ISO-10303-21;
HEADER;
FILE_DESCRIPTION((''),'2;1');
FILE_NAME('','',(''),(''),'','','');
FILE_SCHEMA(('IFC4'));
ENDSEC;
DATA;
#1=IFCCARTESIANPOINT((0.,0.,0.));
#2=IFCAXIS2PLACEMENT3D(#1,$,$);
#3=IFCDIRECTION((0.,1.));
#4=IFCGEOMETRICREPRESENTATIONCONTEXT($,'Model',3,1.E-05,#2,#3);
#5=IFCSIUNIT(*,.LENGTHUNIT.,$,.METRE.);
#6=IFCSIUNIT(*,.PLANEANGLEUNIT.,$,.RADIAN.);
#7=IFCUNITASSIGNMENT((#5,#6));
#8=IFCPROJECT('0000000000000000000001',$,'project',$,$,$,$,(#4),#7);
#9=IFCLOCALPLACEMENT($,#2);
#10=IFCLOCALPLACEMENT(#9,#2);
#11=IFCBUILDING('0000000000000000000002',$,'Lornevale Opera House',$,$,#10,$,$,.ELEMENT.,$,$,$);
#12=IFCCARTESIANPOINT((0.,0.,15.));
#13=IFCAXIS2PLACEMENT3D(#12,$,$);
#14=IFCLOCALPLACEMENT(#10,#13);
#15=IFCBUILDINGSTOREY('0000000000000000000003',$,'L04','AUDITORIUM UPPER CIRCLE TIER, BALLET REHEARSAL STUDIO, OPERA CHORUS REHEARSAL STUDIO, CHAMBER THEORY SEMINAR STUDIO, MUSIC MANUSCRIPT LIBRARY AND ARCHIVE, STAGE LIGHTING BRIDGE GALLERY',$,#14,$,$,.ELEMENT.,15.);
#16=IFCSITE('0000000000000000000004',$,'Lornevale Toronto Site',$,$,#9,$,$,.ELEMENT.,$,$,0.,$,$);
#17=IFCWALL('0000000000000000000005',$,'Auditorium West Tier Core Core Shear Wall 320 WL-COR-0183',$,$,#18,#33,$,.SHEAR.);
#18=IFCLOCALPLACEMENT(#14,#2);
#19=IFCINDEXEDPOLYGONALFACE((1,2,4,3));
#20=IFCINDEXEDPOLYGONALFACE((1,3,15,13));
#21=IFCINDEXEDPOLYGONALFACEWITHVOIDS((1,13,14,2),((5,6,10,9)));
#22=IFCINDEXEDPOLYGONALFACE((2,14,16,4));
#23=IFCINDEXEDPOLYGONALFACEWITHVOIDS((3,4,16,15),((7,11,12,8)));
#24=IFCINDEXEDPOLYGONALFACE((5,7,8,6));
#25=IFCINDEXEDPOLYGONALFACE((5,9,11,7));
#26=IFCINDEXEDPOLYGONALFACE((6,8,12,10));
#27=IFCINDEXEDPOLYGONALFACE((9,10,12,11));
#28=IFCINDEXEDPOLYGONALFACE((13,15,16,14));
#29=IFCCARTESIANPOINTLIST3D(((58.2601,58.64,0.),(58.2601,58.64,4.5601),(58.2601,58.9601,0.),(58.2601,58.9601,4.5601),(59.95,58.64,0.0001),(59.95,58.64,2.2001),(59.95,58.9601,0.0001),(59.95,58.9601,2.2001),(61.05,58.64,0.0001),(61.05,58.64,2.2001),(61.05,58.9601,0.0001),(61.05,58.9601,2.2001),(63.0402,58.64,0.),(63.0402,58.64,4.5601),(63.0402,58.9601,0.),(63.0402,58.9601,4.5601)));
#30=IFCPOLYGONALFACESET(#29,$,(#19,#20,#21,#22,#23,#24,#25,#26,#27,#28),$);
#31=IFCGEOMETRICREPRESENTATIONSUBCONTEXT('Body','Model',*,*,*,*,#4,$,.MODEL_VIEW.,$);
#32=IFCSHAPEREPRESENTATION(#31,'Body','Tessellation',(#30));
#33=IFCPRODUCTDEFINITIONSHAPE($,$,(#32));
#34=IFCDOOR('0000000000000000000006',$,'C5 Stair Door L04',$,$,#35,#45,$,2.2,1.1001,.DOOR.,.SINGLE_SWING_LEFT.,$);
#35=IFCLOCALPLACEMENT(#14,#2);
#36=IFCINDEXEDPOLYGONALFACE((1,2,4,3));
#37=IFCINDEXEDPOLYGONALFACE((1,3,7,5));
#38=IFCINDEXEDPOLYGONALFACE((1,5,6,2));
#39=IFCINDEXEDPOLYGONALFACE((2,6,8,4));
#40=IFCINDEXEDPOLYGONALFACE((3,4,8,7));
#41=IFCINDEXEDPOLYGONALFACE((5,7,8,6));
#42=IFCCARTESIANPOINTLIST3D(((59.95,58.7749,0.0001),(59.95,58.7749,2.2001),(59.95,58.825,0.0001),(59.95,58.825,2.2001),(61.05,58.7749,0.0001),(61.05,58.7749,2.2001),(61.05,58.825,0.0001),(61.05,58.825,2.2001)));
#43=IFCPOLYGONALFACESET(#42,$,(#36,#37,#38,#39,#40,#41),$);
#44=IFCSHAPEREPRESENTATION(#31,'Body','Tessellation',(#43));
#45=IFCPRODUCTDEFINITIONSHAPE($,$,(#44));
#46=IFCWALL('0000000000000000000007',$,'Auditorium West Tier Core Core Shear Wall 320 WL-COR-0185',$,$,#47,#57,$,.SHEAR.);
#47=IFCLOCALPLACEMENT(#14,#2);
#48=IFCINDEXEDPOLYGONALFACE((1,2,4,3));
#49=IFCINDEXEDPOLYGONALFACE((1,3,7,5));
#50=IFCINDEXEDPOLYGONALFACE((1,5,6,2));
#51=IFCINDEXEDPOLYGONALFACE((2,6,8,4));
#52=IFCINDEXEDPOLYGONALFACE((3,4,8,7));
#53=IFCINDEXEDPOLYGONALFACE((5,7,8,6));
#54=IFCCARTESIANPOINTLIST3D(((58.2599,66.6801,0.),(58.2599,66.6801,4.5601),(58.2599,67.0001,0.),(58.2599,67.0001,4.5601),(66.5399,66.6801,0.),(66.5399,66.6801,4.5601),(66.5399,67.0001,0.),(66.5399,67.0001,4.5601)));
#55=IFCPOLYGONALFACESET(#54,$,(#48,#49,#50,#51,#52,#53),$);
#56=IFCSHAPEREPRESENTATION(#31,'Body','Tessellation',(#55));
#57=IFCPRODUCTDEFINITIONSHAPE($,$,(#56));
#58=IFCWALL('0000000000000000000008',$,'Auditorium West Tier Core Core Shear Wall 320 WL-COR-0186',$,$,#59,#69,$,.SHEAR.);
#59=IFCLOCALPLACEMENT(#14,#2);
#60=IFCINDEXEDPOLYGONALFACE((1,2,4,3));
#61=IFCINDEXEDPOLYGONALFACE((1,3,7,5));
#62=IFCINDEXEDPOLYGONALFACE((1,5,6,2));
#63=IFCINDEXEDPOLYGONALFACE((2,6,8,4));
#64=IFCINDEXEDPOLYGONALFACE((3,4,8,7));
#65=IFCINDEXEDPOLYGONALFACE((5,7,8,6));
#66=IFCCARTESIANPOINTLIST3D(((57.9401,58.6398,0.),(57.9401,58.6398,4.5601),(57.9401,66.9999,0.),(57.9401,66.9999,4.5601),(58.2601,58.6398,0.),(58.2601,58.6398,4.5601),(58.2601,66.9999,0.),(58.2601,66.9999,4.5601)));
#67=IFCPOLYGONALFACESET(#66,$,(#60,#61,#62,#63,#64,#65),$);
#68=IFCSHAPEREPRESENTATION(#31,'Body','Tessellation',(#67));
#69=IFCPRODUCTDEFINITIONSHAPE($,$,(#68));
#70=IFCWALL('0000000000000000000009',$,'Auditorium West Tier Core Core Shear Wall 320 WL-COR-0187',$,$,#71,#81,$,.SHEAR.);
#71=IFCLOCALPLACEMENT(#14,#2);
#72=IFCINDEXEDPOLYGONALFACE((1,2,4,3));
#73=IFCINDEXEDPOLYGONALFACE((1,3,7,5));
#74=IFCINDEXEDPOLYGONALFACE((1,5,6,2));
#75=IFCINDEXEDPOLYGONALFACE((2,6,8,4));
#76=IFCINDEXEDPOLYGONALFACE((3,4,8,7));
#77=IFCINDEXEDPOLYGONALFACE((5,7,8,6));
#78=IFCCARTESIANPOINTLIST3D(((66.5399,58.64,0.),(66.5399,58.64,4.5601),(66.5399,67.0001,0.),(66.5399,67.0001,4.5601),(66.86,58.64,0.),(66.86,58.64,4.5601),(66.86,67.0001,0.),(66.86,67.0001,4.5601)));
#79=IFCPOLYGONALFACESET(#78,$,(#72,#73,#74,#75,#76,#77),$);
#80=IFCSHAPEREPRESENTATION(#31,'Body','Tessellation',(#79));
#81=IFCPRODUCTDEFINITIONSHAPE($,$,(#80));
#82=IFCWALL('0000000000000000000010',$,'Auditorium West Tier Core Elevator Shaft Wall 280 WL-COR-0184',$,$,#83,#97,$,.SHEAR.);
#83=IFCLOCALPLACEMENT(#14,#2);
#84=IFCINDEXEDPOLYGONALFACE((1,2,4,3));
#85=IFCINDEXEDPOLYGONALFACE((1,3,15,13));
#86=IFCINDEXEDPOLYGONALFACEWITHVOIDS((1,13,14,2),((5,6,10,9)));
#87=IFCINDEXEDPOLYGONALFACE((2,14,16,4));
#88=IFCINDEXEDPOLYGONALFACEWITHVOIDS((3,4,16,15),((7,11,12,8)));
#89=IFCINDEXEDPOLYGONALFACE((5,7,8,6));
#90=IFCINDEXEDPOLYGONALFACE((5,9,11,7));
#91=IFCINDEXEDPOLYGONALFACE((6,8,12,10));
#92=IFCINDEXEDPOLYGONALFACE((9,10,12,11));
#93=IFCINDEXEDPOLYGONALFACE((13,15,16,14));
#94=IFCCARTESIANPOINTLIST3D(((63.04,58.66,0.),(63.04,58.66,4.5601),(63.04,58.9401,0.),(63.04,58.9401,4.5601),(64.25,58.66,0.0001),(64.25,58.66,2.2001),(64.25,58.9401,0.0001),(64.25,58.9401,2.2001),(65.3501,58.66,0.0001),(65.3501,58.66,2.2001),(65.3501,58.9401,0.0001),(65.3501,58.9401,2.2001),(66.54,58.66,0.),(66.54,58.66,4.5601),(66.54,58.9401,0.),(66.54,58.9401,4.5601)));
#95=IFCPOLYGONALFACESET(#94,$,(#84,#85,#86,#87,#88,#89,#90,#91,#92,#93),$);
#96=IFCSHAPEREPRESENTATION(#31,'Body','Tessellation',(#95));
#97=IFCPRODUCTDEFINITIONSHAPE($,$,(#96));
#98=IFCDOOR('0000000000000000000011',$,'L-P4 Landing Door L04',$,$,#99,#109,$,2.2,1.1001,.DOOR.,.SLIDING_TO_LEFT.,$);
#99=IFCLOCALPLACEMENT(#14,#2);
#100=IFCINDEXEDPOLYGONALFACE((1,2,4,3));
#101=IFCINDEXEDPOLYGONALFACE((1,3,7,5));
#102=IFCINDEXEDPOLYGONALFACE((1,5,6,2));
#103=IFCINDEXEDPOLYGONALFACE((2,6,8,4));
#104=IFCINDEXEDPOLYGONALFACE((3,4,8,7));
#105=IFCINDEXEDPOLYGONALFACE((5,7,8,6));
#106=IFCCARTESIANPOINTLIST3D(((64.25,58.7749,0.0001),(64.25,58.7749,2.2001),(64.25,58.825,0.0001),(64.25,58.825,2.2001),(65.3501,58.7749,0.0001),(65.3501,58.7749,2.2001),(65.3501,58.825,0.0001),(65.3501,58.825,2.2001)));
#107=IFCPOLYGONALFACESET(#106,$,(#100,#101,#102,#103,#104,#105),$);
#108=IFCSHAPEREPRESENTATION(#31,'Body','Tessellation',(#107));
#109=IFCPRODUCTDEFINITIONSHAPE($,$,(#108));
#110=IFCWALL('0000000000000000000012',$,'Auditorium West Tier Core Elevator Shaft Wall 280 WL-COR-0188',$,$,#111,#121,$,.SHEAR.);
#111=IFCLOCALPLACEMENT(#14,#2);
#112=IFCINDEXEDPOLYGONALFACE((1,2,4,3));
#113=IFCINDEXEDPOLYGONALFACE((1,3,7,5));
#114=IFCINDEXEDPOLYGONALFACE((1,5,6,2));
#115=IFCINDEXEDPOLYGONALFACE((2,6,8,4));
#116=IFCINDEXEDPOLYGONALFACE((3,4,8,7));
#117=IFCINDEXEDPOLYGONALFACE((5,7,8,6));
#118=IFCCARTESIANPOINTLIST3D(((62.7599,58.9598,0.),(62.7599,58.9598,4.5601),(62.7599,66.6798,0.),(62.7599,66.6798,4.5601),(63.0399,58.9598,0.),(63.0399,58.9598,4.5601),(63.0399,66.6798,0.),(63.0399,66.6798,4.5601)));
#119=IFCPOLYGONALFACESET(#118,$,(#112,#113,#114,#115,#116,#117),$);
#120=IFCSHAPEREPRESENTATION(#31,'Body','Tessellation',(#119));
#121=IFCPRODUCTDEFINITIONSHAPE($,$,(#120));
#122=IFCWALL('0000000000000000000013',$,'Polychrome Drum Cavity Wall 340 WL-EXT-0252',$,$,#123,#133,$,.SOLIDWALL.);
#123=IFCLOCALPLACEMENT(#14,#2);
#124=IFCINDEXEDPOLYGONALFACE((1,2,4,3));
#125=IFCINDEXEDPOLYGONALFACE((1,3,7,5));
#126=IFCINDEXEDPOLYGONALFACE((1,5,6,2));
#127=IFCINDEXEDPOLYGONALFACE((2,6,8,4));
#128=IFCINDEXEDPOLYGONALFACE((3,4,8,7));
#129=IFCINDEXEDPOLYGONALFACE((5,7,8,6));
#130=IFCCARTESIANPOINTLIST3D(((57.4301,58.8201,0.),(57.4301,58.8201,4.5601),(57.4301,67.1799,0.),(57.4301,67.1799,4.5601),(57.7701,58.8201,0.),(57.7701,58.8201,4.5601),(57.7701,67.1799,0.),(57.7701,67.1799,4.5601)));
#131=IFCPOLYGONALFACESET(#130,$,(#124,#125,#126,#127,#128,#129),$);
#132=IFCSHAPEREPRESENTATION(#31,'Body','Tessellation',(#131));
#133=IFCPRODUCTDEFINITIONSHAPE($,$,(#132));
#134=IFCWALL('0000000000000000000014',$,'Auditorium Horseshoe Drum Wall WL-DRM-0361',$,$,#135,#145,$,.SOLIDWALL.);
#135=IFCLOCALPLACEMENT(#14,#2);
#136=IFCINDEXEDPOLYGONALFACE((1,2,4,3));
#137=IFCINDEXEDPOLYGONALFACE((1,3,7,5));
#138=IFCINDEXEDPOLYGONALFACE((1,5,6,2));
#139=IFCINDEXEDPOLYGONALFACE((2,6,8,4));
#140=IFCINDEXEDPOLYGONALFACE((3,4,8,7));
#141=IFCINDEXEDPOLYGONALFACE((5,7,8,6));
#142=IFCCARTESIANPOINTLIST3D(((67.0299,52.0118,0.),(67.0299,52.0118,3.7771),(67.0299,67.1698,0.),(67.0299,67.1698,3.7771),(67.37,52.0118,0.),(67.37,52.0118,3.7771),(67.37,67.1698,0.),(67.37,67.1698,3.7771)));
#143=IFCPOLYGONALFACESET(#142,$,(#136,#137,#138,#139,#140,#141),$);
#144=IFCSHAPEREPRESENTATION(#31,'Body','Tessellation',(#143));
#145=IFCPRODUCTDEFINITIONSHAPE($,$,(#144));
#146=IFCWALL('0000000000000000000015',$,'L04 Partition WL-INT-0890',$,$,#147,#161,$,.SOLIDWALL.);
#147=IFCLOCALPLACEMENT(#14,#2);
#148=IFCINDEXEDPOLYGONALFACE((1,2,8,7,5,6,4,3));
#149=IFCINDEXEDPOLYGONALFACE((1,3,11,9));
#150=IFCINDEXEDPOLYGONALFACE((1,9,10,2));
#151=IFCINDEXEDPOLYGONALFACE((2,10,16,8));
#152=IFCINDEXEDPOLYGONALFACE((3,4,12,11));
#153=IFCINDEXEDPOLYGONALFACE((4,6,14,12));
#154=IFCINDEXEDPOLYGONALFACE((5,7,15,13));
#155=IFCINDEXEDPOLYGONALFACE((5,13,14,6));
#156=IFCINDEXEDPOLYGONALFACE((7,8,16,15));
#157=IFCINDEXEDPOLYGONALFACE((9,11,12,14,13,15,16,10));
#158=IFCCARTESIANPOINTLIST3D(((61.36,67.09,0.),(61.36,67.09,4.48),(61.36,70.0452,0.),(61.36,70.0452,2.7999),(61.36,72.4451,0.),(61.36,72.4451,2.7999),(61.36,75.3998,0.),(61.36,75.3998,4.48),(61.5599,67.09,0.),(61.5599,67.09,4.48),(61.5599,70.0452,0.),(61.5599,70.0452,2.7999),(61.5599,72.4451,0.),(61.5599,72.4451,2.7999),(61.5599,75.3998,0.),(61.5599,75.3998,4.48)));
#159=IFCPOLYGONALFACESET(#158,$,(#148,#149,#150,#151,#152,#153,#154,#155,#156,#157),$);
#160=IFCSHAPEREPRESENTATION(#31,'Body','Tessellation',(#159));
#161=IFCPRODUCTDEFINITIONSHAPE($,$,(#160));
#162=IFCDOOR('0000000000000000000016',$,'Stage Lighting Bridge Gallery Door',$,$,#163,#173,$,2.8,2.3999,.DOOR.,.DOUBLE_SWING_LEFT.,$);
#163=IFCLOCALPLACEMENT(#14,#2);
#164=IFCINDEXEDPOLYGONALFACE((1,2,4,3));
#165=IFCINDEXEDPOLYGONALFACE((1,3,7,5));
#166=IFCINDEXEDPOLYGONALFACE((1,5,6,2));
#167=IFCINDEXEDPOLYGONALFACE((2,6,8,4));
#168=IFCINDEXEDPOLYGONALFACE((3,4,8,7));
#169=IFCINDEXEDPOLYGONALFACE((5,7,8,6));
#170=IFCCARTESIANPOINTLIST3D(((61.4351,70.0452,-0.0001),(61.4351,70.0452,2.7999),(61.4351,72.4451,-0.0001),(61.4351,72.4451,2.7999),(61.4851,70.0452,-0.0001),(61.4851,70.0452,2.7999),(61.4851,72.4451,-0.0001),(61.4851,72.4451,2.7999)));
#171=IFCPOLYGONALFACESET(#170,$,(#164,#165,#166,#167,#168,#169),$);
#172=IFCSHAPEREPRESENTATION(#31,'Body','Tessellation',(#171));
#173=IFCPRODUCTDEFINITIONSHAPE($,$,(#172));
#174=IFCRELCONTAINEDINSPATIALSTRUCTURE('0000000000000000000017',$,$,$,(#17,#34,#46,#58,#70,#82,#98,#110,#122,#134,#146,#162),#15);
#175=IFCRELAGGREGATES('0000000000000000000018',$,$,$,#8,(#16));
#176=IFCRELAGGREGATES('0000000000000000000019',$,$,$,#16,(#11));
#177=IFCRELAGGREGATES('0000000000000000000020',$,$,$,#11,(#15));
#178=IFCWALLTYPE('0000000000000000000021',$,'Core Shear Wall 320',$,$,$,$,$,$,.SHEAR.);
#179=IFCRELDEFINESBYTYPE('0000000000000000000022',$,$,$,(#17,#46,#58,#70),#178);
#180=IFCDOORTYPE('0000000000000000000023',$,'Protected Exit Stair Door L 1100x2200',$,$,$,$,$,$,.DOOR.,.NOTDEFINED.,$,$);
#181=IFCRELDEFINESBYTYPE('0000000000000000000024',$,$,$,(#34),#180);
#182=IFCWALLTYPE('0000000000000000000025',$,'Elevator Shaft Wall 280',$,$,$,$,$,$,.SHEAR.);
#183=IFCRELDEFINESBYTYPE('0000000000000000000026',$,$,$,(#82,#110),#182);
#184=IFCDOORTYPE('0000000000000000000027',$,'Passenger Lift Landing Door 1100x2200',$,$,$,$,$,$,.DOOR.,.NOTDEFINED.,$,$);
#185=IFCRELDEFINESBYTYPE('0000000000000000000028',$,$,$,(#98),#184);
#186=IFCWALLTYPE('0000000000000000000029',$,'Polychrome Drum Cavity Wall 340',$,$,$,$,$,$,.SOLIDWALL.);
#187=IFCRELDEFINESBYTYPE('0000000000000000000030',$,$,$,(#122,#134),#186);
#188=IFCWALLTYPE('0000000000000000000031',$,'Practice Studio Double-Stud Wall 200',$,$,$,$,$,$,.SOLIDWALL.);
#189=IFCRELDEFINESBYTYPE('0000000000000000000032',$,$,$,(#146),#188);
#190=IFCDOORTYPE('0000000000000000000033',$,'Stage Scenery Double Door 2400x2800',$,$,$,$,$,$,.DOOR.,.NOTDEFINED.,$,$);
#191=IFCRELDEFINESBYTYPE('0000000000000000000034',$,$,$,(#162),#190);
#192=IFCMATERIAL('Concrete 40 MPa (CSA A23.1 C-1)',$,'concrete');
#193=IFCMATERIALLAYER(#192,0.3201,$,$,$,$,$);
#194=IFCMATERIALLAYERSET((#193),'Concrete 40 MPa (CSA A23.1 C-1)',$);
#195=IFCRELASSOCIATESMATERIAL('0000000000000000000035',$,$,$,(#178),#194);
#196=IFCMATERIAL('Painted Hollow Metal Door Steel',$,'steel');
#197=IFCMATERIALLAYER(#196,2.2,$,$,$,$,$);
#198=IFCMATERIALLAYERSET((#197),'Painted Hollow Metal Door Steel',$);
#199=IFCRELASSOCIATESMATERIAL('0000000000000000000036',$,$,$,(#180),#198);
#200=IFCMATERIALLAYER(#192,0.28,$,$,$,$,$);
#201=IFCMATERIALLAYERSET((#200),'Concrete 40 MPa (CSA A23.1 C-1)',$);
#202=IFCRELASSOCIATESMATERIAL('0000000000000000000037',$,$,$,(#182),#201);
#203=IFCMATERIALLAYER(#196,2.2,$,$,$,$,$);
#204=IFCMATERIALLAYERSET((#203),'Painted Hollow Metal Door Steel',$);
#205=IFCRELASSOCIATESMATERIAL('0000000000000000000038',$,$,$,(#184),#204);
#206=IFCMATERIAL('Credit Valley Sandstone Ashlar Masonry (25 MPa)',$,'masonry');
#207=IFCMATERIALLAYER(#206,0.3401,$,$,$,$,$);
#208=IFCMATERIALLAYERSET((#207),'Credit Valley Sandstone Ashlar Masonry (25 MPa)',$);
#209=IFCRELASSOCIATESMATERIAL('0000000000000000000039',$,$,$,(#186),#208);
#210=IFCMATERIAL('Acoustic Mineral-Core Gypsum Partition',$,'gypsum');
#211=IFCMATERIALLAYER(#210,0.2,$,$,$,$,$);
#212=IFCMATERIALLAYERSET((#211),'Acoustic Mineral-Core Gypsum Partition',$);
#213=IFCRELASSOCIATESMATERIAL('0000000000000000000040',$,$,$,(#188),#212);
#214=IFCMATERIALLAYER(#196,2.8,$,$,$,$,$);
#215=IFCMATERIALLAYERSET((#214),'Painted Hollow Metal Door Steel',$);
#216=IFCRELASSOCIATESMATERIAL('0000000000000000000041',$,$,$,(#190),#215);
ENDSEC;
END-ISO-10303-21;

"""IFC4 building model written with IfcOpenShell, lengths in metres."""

from ifc_helpers import new_model, si_unit, direction, frame, frame_2d, origin, place, context, subcontext, project, spatial, rectangle, extrude, material, layer, layer_set, type_object, element, fill, save


model = new_model("IFC4")

# Units and contexts
model_context = context("Model", 3, precision=1e-05, world=origin(), true_north=direction((0.0, 1.0)))
body_context = subcontext(model_context, "Body", "Model", "MODEL_VIEW")
ifc_project = project(units=[si_unit("LENGTHUNIT", "METRE"), si_unit("PLANEANGLEUNIT", "RADIAN")], contexts=[model_context])

# Site, building, storey
site_placement = place(None, origin())
site = spatial("IfcSite", under=ifc_project, at=site_placement, Name="Lornevale Toronto Site", CompositionType="ELEMENT", RefElevation=0.0)
building_placement = place(site_placement, origin())
building = spatial("IfcBuilding", under=site, at=building_placement, Name="Lornevale Opera House", CompositionType="ELEMENT")
storey_placement = place(building_placement, frame((0.0, 0.0, 15.0)))
storey = spatial("IfcBuildingStorey", under=building, at=storey_placement, Name="L04", Description="AUDITORIUM UPPER CIRCLE TIER, BALLET REHEARSAL STUDIO, OPERA CHORUS REHEARSAL STUDIO, CHAMBER THEORY SEMINAR STUDIO, MUSIC MANUSCRIPT LIBRARY AND ARCHIVE, STAGE LIGHTING BRIDGE GALLERY", CompositionType="ELEMENT", Elevation=15.0)

# Wall, opening, door
ifc_material_1 = material(Name="Concrete 40 MPa (CSA A23.1 C-1)", Category="concrete")
ifc_layer_1 = layer(ifc_material_1, 0.3201)
ifc_layer_set_1 = layer_set([ifc_layer_1], Name="Concrete 40 MPa (CSA A23.1 C-1)")
wall_type_1 = type_object("IfcWallType", Name="Core Shear Wall 320", PredefinedType="SHEAR", material=ifc_layer_set_1)
wall_1_placement = place(storey_placement, frame((58.26, 58.8, 0.0), z_axis=(0.0, 0.0, 1.0), x_axis=(1.0, 0.0, 0.0)))
wall_1 = element("IfcWall", 1, at=wall_1_placement, inside=storey, type_object=wall_type_1, Name="Auditorium West Tier Core Core Shear Wall 320 WL-COR-0183", PredefinedType="SHEAR", context=body_context, shape_type="SweptSolid", body=[
    extrude(rectangle(XDim=4.78, YDim=0.3201, at=frame_2d((2.3901, 0.0))), origin(), (0.0, 0.0, 1.0), 4.5601),
])
opening_1_placement = place(wall_1_placement, frame((1.6899, 0.0, 0.0)))
opening_1 = element("IfcOpeningElement", 2, at=opening_1_placement, cuts=wall_1, PredefinedType="OPENING", context=body_context, shape_type="SweptSolid", body=[
    extrude(rectangle(XDim=1.1001, YDim=2.2, at=frame_2d((0.55, 1.1001))), frame((0.0, 0.1699, 0.0), z_axis=(0.0, -1.0, 0.0), x_axis=(1.0, 0.0, 0.0)), (0.0, 0.0, 1.0), 0.3401),
])
ifc_material_2 = material(Name="Painted Hollow Metal Door Steel", Category="steel")
ifc_layer_2 = layer(ifc_material_2, 2.2)
ifc_layer_set_2 = layer_set([ifc_layer_2], Name="Painted Hollow Metal Door Steel")
door_type_1 = type_object("IfcDoorType", Name="Protected Exit Stair Door L 1100x2200", OperationType="NOTDEFINED", PredefinedType="DOOR", material=ifc_layer_set_2)
door_1_placement = place(opening_1_placement, origin())
door_1 = element("IfcDoor", 3, at=door_1_placement, inside=storey, type_object=door_type_1, Name="C5 Stair Door L04", OperationType="SINGLE_SWING_LEFT", OverallHeight=2.2, OverallWidth=1.1001, PredefinedType="DOOR", context=body_context, shape_type="SweptSolid", body=[
    extrude(rectangle(XDim=1.1001, YDim=2.2, at=frame_2d((0.55, 1.1001))), frame((0.0, 0.0249, 0.0), z_axis=(0.0, -1.0, 0.0), x_axis=(1.0, 0.0, 0.0)), (0.0, 0.0, 1.0), 0.05),
])
fill(opening_1, door_1)

# Walls
wall_2_placement = place(storey_placement, frame((66.54, 66.8401, 0.0), z_axis=(0.0, 0.0, 1.0), x_axis=(-1.0, 0.0, 0.0)))
element("IfcWall", 4, at=wall_2_placement, inside=storey, type_object=wall_type_1, Name="Auditorium West Tier Core Core Shear Wall 320 WL-COR-0185", PredefinedType="SHEAR", context=body_context, shape_type="SweptSolid", body=[
    extrude(rectangle(XDim=8.28, YDim=0.3201, at=frame_2d((4.1401, 0.0))), origin(), (0.0, 0.0, 1.0), 4.5601),
])
for number, where, z_axis, x_axis, name in (
    (5, (58.1001, 67.0, 0.0), (0.0, 0.0, 1.0), (0.0, -1.0, 0.0), "Auditorium West Tier Core Core Shear Wall 320 WL-COR-0186"),
    (6, (66.7, 58.6399, 0.0), (0.0, 0.0, 1.0), (0.0, 1.0, 0.0), "Auditorium West Tier Core Core Shear Wall 320 WL-COR-0187"),
):
    element("IfcWall", number, at=place(storey_placement, frame(where, z_axis=z_axis, x_axis=x_axis)), inside=storey, type_object=wall_type_1, Name=name, PredefinedType="SHEAR", context=body_context, shape_type="SweptSolid", body=[
        extrude(rectangle(XDim=8.3601, YDim=0.3201, at=frame_2d((4.1802, 0.0))), origin(), (0.0, 0.0, 1.0), 4.5601),
    ])

# Wall, opening, door
ifc_layer_3 = layer(ifc_material_1, 0.28)
ifc_layer_set_3 = layer_set([ifc_layer_3], Name="Concrete 40 MPa (CSA A23.1 C-1)")
wall_type_2 = type_object("IfcWallType", Name="Elevator Shaft Wall 280", PredefinedType="SHEAR", material=ifc_layer_set_3)
wall_3_placement = place(storey_placement, frame((63.04, 58.8, 0.0), z_axis=(0.0, 0.0, 1.0), x_axis=(1.0, 0.0, 0.0)))
wall_3 = element("IfcWall", 7, at=wall_3_placement, inside=storey, type_object=wall_type_2, Name="Auditorium West Tier Core Elevator Shaft Wall 280 WL-COR-0184", PredefinedType="SHEAR", context=body_context, shape_type="SweptSolid", body=[
    extrude(rectangle(XDim=3.5, YDim=0.28, at=frame_2d((1.75, 0.0))), origin(), (0.0, 0.0, 1.0), 4.5601),
])
opening_2_placement = place(wall_3_placement, frame((1.21, 0.0, 0.0)))
opening_2 = element("IfcOpeningElement", 8, at=opening_2_placement, cuts=wall_3, PredefinedType="OPENING", context=body_context, shape_type="SweptSolid", body=[
    extrude(rectangle(XDim=1.1001, YDim=2.2, at=frame_2d((0.55, 1.1001))), frame((0.0, 0.1499, 0.0), z_axis=(0.0, -1.0, 0.0), x_axis=(1.0, 0.0, 0.0)), (0.0, 0.0, 1.0), 0.3),
])
ifc_layer_4 = layer(ifc_material_2, 2.2)
ifc_layer_set_4 = layer_set([ifc_layer_4], Name="Painted Hollow Metal Door Steel")
door_type_2 = type_object("IfcDoorType", Name="Passenger Lift Landing Door 1100x2200", OperationType="NOTDEFINED", PredefinedType="DOOR", material=ifc_layer_set_4)
door_2_placement = place(opening_2_placement, origin())
door_2 = element("IfcDoor", 9, at=door_2_placement, inside=storey, type_object=door_type_2, Name="L-P4 Landing Door L04", OperationType="SLIDING_TO_LEFT", OverallHeight=2.2, OverallWidth=1.1001, PredefinedType="DOOR", context=body_context, shape_type="SweptSolid", body=[
    extrude(rectangle(XDim=1.1001, YDim=2.2, at=frame_2d((0.55, 1.1001))), frame((0.0, 0.0249, 0.0), z_axis=(0.0, -1.0, 0.0), x_axis=(1.0, 0.0, 0.0)), (0.0, 0.0, 1.0), 0.05),
])
fill(opening_2, door_2)

# Walls
wall_4_placement = place(storey_placement, frame((62.8999, 58.96, 0.0), z_axis=(0.0, 0.0, 1.0), x_axis=(0.0, 1.0, 0.0)))
element("IfcWall", 10, at=wall_4_placement, inside=storey, type_object=wall_type_2, Name="Auditorium West Tier Core Elevator Shaft Wall 280 WL-COR-0188", PredefinedType="SHEAR", context=body_context, shape_type="SweptSolid", body=[
    extrude(rectangle(XDim=7.72, YDim=0.28, at=frame_2d((3.8599, 0.0))), origin(), (0.0, 0.0, 1.0), 4.5601),
])
ifc_material_3 = material(Name="Credit Valley Sandstone Ashlar Masonry (25 MPa)", Category="masonry")
ifc_layer_5 = layer(ifc_material_3, 0.3401)
ifc_layer_set_5 = layer_set([ifc_layer_5], Name="Credit Valley Sandstone Ashlar Masonry (25 MPa)")
wall_type_3 = type_object("IfcWallType", Name="Polychrome Drum Cavity Wall 340", PredefinedType="SOLIDWALL", material=ifc_layer_set_5)
wall_5_placement = place(storey_placement, frame((57.6001, 58.8201, 0.0), z_axis=(0.0, 0.0, 1.0), x_axis=(0.0, 1.0, 0.0)))
element("IfcWall", 11, at=wall_5_placement, inside=storey, type_object=wall_type_3, Name="Polychrome Drum Cavity Wall 340 WL-EXT-0252", PredefinedType="SOLIDWALL", context=body_context, shape_type="SweptSolid", body=[
    extrude(rectangle(XDim=8.3599, YDim=0.3401, at=frame_2d((4.1799, 0.0))), origin(), (0.0, 0.0, 1.0), 4.5601),
])
wall_6_placement = place(storey_placement, frame((67.2, 67.1699, 0.0), z_axis=(0.0, 0.0, 1.0), x_axis=(0.0, -1.0, 0.0)))
element("IfcWall", 12, at=wall_6_placement, inside=storey, type_object=wall_type_3, Name="Auditorium Horseshoe Drum Wall WL-DRM-0361", PredefinedType="SOLIDWALL", context=body_context, shape_type="SweptSolid", body=[
    extrude(rectangle(XDim=15.158, YDim=0.3401, at=frame_2d((7.5791, 0.0))), origin(), (0.0, 0.0, 1.0), 3.7771),
])

# Wall, opening, door
ifc_material_4 = material(Name="Acoustic Mineral-Core Gypsum Partition", Category="gypsum")
ifc_layer_6 = layer(ifc_material_4, 0.2)
ifc_layer_set_6 = layer_set([ifc_layer_6], Name="Acoustic Mineral-Core Gypsum Partition")
wall_type_4 = type_object("IfcWallType", Name="Practice Studio Double-Stud Wall 200", PredefinedType="SOLIDWALL", material=ifc_layer_set_6)
wall_7_placement = place(storey_placement, frame((61.46, 67.0901, 0.0), z_axis=(0.0, 0.0, 1.0), x_axis=(0.0, 1.0, 0.0)))
wall_7 = element("IfcWall", 13, at=wall_7_placement, inside=storey, type_object=wall_type_4, Name="L04 Partition WL-INT-0890", PredefinedType="SOLIDWALL", context=body_context, shape_type="SweptSolid", body=[
    extrude(rectangle(XDim=8.3098, YDim=0.2, at=frame_2d((4.1548, 0.0))), origin(), (0.0, 0.0, 1.0), 4.48),
])
opening_3_placement = place(wall_7_placement, frame((2.9551, 0.0, 0.0)))
opening_3 = element("IfcOpeningElement", 14, at=opening_3_placement, cuts=wall_7, PredefinedType="OPENING", context=body_context, shape_type="SweptSolid", body=[
    extrude(rectangle(XDim=2.3999, YDim=2.8, at=frame_2d((1.2, 1.3999))), frame((0.0, 0.1099, 0.0), z_axis=(0.0, -1.0, 0.0), x_axis=(1.0, 0.0, 0.0)), (0.0, 0.0, 1.0), 0.22),
])
ifc_layer_7 = layer(ifc_material_2, 2.8)
ifc_layer_set_7 = layer_set([ifc_layer_7], Name="Painted Hollow Metal Door Steel")
door_type_3 = type_object("IfcDoorType", Name="Stage Scenery Double Door 2400x2800", OperationType="NOTDEFINED", PredefinedType="DOOR", material=ifc_layer_set_7)
door_3_placement = place(opening_3_placement, origin())
door_3 = element("IfcDoor", 15, at=door_3_placement, inside=storey, type_object=door_type_3, Name="Stage Lighting Bridge Gallery Door", OperationType="DOUBLE_SWING_LEFT", OverallHeight=2.8, OverallWidth=2.3999, PredefinedType="DOOR", context=body_context, shape_type="SweptSolid", body=[
    extrude(rectangle(XDim=2.3999, YDim=2.8, at=frame_2d((1.2, 1.3999))), frame((0.0, 0.0249, 0.0), z_axis=(0.0, -1.0, 0.0), x_axis=(1.0, 0.0, 0.0)), (0.0, 0.0, 1.0), 0.05),
])
fill(opening_3, door_3)

save(model, "model.ifc")
